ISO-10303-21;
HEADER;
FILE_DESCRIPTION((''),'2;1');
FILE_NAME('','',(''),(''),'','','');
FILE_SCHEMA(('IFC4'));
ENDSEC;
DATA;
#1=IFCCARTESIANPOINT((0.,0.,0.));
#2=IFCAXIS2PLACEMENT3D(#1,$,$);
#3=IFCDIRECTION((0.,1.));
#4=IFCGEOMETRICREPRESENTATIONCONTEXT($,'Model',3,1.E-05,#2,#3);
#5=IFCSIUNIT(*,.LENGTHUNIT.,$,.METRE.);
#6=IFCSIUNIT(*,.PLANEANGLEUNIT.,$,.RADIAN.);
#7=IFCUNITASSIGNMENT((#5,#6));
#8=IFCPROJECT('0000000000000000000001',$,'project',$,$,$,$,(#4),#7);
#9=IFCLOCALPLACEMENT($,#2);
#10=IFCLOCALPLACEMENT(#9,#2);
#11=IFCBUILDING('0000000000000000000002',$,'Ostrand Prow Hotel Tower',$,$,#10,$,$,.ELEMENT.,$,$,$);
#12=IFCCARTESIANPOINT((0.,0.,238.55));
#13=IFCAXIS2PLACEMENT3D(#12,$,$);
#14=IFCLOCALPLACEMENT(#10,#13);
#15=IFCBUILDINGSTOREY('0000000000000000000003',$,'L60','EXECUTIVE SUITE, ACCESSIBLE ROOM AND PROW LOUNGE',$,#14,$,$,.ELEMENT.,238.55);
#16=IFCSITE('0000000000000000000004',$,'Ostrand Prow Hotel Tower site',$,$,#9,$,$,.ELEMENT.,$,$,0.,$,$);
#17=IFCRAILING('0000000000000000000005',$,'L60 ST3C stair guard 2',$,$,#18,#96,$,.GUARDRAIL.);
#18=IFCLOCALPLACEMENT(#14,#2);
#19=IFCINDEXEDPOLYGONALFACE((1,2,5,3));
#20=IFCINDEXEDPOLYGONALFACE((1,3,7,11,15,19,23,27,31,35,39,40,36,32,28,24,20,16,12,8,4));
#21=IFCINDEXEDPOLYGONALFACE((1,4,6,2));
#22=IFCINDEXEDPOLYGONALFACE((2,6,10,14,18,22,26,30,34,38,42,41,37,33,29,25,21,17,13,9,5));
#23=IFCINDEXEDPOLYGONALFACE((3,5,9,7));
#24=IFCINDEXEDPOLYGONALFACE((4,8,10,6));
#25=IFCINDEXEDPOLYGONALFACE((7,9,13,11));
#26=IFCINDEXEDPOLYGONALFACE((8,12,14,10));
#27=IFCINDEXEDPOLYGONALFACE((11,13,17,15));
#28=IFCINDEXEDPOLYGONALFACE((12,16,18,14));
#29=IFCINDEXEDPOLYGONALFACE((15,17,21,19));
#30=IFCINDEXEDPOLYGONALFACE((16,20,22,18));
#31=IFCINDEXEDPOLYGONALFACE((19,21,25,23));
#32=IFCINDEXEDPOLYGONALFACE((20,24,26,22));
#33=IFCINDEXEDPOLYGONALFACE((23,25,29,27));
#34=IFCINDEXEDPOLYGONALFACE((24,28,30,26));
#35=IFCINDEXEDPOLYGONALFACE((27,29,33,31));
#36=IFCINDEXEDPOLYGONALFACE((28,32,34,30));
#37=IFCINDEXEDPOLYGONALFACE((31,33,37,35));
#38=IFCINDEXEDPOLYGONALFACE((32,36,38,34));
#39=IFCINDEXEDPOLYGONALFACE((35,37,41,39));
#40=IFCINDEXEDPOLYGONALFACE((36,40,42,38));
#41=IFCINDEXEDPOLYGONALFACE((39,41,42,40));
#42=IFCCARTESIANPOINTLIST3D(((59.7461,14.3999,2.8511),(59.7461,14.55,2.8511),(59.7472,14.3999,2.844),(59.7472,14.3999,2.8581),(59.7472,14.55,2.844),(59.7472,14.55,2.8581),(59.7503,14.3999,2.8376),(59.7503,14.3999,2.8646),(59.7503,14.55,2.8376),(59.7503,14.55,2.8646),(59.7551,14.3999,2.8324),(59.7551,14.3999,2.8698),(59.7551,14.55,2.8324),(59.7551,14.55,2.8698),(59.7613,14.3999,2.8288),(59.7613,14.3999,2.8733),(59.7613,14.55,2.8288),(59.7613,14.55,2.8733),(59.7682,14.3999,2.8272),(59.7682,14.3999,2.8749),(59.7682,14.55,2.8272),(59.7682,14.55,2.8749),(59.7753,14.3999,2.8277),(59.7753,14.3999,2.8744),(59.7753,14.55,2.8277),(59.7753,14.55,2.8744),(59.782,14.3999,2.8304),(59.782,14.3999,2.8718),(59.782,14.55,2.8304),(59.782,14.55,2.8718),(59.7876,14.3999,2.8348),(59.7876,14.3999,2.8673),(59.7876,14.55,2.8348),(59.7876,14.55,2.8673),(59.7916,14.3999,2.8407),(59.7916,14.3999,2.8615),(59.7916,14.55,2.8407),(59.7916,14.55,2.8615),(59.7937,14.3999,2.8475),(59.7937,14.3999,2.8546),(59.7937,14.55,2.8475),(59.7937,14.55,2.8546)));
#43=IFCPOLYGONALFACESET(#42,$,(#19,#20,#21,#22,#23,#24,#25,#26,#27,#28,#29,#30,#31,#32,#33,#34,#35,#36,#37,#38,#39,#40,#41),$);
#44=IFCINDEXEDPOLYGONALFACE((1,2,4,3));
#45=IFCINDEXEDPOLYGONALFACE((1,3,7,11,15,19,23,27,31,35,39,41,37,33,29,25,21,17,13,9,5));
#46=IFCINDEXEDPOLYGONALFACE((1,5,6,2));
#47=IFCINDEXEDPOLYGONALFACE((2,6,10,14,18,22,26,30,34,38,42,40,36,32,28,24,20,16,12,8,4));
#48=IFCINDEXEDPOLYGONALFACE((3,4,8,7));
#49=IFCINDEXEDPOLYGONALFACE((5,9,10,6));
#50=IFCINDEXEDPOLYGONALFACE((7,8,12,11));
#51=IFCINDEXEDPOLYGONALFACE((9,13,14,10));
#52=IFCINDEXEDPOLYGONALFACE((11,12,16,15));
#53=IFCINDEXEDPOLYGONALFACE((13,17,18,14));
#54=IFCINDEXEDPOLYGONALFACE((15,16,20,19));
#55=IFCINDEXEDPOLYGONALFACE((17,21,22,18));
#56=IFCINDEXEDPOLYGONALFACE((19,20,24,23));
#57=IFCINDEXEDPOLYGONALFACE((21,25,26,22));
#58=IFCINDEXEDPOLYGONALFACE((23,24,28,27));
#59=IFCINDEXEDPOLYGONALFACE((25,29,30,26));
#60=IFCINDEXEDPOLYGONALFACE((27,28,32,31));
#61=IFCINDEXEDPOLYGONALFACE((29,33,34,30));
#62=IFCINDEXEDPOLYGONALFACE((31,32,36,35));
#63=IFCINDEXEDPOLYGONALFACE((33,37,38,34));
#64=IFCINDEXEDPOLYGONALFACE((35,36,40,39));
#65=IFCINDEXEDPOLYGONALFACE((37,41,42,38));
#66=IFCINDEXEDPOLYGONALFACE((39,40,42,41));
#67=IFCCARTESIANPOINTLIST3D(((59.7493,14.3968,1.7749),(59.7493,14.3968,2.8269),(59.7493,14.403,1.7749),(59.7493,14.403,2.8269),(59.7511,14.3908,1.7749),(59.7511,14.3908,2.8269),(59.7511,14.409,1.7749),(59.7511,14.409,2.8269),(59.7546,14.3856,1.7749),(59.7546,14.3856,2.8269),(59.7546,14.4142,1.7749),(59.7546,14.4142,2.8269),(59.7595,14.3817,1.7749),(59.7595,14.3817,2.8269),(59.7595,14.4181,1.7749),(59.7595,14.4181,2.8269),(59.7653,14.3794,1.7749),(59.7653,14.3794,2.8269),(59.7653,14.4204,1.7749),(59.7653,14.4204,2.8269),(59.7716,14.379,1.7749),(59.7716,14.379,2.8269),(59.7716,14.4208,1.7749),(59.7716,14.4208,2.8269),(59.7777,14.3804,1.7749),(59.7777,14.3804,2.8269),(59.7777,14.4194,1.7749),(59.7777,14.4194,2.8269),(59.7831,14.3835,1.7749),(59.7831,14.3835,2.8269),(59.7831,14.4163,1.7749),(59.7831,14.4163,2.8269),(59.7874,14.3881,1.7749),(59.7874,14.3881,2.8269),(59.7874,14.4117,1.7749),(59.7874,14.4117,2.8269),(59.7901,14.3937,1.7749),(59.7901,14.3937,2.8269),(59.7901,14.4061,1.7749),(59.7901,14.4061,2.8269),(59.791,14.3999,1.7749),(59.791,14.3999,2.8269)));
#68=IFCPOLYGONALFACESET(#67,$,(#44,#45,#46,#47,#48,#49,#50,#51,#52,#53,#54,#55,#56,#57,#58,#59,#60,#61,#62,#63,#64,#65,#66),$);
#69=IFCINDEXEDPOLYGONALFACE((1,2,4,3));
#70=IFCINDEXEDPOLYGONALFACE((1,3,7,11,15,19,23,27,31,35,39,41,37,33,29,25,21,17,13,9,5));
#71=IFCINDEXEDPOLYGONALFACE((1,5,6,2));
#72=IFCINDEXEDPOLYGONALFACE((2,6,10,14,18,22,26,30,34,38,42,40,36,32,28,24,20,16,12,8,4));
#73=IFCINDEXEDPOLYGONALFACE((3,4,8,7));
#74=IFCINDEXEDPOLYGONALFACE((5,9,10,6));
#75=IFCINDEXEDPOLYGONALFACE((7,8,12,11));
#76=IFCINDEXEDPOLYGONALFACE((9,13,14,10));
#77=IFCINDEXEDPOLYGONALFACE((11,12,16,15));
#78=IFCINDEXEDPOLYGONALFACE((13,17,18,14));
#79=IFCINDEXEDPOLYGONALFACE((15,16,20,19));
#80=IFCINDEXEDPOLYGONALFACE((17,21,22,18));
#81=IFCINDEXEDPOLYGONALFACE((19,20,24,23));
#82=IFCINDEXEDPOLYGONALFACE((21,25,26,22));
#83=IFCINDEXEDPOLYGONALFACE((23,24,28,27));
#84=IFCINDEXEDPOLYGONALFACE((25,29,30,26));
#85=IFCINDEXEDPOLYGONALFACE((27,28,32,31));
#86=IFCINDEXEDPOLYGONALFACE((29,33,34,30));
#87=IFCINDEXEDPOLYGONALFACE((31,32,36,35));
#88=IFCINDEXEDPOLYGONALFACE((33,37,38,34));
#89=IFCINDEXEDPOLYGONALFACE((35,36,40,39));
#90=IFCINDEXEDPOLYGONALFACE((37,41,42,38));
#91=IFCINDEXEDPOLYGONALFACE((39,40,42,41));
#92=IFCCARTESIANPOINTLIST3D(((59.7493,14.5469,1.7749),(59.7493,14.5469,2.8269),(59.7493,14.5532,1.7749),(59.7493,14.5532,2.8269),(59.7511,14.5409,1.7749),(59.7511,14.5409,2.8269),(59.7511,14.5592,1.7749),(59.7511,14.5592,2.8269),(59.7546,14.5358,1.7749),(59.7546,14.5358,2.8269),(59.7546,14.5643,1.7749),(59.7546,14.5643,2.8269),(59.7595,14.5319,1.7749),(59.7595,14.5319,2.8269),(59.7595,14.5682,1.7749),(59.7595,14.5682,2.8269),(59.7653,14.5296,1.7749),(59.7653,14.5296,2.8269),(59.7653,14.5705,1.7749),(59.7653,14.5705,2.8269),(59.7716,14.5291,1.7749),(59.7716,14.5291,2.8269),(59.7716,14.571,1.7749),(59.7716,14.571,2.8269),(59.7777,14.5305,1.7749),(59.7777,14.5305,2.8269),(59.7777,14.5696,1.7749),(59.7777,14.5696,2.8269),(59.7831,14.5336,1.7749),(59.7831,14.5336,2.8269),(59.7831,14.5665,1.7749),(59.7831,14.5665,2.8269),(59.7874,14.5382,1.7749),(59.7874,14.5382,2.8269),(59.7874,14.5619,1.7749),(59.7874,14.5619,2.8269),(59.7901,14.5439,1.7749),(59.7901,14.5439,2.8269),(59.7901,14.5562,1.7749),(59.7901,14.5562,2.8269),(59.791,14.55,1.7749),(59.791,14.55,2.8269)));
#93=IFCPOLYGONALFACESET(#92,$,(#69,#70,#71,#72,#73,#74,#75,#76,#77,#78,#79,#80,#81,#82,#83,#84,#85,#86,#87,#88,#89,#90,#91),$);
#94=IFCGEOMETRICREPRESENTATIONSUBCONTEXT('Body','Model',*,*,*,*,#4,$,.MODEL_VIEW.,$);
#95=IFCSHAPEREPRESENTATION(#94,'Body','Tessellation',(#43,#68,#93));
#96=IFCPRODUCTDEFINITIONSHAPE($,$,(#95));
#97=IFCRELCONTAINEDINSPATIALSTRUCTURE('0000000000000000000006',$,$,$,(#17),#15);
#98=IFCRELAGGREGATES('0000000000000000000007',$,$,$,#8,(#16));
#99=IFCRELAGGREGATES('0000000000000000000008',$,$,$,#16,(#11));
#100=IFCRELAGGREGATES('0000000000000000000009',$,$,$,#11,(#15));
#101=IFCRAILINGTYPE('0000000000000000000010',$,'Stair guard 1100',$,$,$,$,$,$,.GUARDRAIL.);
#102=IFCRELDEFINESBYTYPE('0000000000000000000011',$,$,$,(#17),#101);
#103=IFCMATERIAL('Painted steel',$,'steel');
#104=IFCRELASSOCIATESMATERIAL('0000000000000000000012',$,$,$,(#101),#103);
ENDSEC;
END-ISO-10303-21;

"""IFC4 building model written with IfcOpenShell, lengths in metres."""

from ifc_helpers import new_model, si_unit, direction, frame, origin, origin_2d, place, context, subcontext, project, spatial, circle, extrude, material, type_object, element, save


model = new_model("IFC4")

# Units and contexts
model_context = context("Model", 3, precision=1e-05, world=origin(), true_north=direction((0.0, 1.0)))
body_context = subcontext(model_context, "Body", "Model", "MODEL_VIEW")
ifc_project = project(units=[si_unit("LENGTHUNIT", "METRE"), si_unit("PLANEANGLEUNIT", "RADIAN")], contexts=[model_context])

# Site, building, storey
site_placement = place(None, origin())
site = spatial("IfcSite", under=ifc_project, at=site_placement, Name="Ostrand Prow Hotel Tower site", CompositionType="ELEMENT", RefElevation=0.0)
building_placement = place(site_placement, origin())
building = spatial("IfcBuilding", under=site, at=building_placement, Name="Ostrand Prow Hotel Tower", CompositionType="ELEMENT")
storey_placement = place(building_placement, frame((0.0, 0.0, 238.55)))
storey = spatial("IfcBuildingStorey", under=building, at=storey_placement, Name="L60", Description="EXECUTIVE SUITE, ACCESSIBLE ROOM AND PROW LOUNGE", CompositionType="ELEMENT", Elevation=238.55)

# Railing
ifc_material_1 = material(Name="Painted steel", Category="steel")
railing_type_1 = type_object("IfcRailingType", Name="Stair guard 1100", PredefinedType="GUARDRAIL", material=ifc_material_1)
railing_1_placement = place(storey_placement, frame((59.77, 14.3999, 1.7749)))
element("IfcRailing", 1, at=railing_1_placement, inside=storey, type_object=railing_type_1, Name="L60 ST3C stair guard 2", PredefinedType="GUARDRAIL", context=body_context, shape_type="SweptSolid", body=[
    extrude(circle(Radius=0.0239, at=origin_2d()), frame((0.0, 0.0, 1.0762), z_axis=(0.0, 1.0, 0.0), x_axis=(-1.0, 0.0, 0.0)), (0.0, 0.0, 1.0), 0.1501),
    extrude(circle(Radius=0.021, at=origin_2d()), origin(), (0.0, 0.0, 1.0), 1.052),
    extrude(circle(Radius=0.021, at=origin_2d()), frame((0.0, 0.1501, 0.0)), (0.0, 0.0, 1.0), 1.052),
])

save(model, "model.ifc")
